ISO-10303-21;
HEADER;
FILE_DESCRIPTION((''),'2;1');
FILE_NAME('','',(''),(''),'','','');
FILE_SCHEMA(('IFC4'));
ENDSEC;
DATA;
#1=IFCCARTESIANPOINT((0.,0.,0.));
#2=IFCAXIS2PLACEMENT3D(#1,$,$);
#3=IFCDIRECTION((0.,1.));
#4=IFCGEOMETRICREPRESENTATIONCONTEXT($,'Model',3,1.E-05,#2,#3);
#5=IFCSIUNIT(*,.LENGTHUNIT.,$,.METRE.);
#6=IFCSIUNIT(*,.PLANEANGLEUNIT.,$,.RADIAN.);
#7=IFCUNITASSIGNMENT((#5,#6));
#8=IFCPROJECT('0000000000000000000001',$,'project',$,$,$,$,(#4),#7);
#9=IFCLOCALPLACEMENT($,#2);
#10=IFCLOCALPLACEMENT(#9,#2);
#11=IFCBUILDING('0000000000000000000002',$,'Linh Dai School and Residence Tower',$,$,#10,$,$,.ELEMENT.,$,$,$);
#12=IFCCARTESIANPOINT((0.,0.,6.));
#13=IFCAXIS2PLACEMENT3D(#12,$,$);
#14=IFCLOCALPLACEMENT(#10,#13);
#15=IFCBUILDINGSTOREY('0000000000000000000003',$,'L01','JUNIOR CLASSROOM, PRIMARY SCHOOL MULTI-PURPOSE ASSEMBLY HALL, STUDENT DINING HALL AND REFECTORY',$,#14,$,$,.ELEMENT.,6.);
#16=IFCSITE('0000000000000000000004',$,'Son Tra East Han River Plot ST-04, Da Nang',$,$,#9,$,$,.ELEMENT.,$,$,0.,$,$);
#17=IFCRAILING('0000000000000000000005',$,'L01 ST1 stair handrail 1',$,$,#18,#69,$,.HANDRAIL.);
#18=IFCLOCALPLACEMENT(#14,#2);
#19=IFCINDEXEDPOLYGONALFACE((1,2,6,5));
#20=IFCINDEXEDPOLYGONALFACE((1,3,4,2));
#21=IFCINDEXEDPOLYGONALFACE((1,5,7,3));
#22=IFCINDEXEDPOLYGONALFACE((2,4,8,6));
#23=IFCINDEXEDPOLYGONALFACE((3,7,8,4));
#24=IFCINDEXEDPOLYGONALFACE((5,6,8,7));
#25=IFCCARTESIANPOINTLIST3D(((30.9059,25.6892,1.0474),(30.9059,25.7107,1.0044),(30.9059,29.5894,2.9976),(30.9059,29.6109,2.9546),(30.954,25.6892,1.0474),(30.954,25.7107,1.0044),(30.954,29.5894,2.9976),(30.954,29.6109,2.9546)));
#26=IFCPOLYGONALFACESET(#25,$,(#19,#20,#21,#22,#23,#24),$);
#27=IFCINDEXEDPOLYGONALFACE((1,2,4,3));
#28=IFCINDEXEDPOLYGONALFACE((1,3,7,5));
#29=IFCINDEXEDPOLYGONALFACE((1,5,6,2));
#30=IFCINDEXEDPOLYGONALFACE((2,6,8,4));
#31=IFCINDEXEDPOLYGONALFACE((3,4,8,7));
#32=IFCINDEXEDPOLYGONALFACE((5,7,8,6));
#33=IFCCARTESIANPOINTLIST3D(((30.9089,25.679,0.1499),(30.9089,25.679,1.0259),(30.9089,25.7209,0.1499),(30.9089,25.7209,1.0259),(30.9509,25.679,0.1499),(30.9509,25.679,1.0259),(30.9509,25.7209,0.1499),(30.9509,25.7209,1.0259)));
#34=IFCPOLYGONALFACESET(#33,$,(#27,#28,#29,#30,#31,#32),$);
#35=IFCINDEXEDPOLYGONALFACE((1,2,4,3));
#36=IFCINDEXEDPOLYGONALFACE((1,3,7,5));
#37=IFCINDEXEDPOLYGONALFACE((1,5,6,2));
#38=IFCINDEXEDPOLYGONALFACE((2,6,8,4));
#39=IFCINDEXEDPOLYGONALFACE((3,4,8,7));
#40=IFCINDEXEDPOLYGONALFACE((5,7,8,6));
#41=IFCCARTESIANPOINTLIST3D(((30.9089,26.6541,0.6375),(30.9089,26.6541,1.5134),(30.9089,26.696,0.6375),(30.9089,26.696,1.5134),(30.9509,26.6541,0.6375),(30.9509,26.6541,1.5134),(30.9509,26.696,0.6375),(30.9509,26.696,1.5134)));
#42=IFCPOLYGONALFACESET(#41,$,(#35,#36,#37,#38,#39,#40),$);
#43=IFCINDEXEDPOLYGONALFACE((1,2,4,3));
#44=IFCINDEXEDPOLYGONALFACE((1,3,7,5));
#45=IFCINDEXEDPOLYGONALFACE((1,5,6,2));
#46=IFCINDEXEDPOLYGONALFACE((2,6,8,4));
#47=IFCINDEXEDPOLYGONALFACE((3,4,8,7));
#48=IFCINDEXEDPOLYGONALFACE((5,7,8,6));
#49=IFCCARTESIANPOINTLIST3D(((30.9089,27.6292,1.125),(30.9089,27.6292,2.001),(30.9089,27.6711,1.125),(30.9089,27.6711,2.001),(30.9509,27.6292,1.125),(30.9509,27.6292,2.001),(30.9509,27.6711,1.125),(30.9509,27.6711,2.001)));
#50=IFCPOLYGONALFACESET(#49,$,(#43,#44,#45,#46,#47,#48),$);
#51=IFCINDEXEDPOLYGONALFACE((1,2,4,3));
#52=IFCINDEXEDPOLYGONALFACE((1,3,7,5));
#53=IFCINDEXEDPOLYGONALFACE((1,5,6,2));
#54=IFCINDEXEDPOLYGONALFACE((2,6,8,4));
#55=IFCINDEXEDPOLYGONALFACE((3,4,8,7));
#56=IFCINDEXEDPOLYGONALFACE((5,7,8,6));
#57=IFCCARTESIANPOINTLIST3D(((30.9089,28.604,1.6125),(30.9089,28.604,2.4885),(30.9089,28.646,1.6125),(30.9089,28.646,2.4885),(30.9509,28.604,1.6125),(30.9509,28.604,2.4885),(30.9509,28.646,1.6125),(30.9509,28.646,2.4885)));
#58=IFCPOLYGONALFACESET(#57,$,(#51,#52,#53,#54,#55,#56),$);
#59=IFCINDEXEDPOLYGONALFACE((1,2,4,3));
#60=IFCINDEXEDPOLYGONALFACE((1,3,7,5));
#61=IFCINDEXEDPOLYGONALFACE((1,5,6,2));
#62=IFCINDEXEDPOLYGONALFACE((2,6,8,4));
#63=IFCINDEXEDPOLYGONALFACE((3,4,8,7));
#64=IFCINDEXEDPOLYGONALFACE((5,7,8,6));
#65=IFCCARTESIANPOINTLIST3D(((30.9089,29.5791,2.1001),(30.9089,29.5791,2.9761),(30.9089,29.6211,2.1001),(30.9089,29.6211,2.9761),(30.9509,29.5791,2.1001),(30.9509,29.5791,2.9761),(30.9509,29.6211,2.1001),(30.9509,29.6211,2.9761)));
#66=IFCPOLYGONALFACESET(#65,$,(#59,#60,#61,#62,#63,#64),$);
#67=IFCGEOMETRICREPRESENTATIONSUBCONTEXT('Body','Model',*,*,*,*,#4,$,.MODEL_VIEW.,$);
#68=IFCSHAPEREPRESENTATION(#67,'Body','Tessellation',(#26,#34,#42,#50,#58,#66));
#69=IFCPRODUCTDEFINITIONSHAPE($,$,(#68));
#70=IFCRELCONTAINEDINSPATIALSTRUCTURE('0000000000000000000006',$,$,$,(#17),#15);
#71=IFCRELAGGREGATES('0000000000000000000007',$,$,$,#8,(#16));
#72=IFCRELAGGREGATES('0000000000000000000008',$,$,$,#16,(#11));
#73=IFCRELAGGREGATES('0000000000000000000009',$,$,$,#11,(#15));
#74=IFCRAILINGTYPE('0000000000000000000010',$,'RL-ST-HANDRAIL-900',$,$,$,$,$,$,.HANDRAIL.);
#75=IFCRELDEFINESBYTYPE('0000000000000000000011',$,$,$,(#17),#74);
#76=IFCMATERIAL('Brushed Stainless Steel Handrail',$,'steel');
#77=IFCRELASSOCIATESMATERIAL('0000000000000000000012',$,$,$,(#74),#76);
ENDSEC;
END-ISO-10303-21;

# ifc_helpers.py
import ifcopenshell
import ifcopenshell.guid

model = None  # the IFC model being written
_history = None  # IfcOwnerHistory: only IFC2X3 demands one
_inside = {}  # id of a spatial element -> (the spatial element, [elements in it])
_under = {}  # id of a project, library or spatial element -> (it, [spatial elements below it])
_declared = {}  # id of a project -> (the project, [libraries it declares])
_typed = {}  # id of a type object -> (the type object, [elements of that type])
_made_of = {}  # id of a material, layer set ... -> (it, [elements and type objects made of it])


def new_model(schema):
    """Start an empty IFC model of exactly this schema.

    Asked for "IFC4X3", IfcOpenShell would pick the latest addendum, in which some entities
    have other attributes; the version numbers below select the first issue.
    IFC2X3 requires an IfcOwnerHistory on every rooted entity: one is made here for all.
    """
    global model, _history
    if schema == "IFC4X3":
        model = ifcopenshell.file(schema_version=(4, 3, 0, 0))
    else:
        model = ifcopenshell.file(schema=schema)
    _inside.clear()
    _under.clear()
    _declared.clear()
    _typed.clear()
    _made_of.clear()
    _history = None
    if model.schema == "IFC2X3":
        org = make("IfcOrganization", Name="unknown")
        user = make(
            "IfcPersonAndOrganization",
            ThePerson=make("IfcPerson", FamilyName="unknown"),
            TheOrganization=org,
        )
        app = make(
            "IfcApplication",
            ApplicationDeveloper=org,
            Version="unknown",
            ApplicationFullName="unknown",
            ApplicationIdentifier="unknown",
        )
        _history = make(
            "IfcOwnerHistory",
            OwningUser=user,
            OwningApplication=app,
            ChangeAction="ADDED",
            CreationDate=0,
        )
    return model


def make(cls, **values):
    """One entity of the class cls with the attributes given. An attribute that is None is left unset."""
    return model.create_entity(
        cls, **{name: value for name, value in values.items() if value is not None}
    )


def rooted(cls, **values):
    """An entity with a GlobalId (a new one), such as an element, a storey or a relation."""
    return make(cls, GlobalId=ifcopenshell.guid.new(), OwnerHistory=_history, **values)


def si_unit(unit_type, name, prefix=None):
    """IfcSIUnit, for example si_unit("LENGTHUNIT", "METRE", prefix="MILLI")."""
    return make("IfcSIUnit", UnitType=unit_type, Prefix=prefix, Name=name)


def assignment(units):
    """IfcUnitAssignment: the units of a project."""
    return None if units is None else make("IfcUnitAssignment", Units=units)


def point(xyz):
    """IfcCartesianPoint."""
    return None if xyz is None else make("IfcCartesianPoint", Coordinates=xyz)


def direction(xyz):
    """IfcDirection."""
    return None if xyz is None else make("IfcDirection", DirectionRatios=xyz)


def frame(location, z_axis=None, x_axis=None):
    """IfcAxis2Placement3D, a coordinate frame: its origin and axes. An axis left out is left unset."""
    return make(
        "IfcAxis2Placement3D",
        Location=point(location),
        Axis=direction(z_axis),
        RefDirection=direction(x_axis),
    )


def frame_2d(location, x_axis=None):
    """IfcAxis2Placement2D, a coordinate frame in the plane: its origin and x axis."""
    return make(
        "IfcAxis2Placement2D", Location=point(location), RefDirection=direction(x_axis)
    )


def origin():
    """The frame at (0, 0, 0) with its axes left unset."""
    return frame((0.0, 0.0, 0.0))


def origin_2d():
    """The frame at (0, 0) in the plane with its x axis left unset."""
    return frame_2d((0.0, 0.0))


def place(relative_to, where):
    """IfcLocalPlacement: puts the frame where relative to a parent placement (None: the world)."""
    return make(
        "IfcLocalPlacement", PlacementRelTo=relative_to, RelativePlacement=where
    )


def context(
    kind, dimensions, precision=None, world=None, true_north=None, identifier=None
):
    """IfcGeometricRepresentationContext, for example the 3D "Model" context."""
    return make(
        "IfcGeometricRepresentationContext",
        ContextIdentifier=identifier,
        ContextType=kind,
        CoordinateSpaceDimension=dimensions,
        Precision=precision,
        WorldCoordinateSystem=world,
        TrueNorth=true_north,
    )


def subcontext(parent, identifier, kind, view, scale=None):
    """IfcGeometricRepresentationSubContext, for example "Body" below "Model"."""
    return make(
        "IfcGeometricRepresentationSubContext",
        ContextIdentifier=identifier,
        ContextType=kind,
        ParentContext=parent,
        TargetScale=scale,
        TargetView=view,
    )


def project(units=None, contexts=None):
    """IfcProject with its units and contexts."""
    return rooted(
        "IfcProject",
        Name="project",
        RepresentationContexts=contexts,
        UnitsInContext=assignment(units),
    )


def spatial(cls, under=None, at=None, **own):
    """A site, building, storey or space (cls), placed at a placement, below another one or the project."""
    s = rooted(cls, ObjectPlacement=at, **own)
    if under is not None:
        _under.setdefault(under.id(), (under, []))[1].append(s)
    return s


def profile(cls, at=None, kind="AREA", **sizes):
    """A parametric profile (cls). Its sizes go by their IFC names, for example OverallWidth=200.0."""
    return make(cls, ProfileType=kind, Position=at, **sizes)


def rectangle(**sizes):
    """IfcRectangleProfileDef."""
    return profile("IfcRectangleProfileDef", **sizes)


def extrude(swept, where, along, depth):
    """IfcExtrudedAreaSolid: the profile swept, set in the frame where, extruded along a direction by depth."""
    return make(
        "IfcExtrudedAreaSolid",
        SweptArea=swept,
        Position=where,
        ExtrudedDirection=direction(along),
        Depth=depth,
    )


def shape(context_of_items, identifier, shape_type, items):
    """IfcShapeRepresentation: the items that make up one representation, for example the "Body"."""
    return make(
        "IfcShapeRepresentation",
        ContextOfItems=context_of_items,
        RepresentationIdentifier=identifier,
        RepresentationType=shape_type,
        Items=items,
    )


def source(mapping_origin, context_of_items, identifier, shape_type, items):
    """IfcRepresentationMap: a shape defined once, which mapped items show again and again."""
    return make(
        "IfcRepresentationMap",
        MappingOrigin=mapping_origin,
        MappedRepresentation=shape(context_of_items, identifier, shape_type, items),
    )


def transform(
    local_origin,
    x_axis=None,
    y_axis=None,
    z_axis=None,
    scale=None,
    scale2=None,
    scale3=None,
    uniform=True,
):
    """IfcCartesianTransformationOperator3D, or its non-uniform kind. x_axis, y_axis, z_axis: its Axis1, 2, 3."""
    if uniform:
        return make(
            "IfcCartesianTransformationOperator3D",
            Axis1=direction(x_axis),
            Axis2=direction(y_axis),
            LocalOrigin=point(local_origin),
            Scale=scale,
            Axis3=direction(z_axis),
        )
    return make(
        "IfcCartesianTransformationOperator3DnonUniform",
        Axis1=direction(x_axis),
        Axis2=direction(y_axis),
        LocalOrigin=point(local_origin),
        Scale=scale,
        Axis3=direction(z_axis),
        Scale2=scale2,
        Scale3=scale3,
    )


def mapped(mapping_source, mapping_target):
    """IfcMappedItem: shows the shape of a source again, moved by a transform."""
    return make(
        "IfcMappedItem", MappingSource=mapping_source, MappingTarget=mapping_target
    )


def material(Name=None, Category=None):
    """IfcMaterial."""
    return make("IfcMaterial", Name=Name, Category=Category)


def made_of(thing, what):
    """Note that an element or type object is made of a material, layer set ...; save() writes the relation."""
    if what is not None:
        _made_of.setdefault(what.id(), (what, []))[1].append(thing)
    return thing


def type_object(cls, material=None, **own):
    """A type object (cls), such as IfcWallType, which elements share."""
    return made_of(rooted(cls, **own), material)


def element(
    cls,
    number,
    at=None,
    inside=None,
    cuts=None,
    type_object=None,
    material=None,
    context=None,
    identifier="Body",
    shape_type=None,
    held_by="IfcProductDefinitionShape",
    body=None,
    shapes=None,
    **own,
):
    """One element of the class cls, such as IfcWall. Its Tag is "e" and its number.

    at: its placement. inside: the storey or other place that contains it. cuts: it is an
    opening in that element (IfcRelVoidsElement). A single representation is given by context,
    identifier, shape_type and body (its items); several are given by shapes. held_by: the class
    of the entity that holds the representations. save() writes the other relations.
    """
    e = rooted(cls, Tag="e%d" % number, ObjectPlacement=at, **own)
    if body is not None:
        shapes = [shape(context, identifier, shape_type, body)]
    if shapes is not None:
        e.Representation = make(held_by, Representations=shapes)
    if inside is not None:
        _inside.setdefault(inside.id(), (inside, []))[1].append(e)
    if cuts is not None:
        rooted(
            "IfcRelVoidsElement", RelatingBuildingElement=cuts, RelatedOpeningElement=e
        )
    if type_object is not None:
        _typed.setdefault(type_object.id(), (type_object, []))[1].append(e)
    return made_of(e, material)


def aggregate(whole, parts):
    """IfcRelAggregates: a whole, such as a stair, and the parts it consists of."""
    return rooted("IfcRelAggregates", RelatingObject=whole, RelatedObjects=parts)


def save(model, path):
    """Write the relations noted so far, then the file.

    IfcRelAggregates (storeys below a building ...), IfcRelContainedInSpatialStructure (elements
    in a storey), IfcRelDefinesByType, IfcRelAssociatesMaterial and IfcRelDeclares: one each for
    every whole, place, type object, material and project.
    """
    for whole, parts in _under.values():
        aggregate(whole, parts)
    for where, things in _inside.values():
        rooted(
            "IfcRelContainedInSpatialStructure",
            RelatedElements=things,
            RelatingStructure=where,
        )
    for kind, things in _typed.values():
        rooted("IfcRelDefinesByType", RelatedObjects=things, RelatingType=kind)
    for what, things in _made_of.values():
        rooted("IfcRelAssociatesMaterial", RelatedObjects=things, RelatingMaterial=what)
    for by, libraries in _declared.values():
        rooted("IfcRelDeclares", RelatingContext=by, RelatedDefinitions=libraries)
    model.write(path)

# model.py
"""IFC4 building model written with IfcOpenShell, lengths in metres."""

from ifc_helpers import new_model, si_unit, direction, frame, origin, origin_2d, place, context, subcontext, project, spatial, rectangle, extrude, source, transform, mapped, material, type_object, element, save


model = new_model("IFC4")

# Units and contexts
model_context = context("Model", 3, precision=1e-05, world=origin(), true_north=direction((0.0, 1.0)))
body_context = subcontext(model_context, "Body", "Model", "MODEL_VIEW")
ifc_project = project(units=[si_unit("LENGTHUNIT", "METRE"), si_unit("PLANEANGLEUNIT", "RADIAN")], contexts=[model_context])

# Site, building, storey
site_placement = place(None, origin())
site = spatial("IfcSite", under=ifc_project, at=site_placement, Name="Son Tra East Han River Plot ST-04, Da Nang", CompositionType="ELEMENT", RefElevation=0.0)
building_placement = place(site_placement, origin())
building = spatial("IfcBuilding", under=site, at=building_placement, Name="Linh Dai School and Residence Tower", CompositionType="ELEMENT")
storey_placement = place(building_placement, frame((0.0, 0.0, 6.0)))
storey = spatial("IfcBuildingStorey", under=building, at=storey_placement, Name="L01", Description="JUNIOR CLASSROOM, PRIMARY SCHOOL MULTI-PURPOSE ASSEMBLY HALL, STUDENT DINING HALL AND REFECTORY", CompositionType="ELEMENT", Elevation=6.0)

# Railing
ifc_material_1 = material(Name="Brushed Stainless Steel Handrail", Category="steel")
railing_type_1 = type_object("IfcRailingType", Name="RL-ST-HANDRAIL-900", PredefinedType="HANDRAIL", material=ifc_material_1)
shared_shape_1 = source(origin(), body_context, "Body", "SweptSolid", [
    extrude(rectangle(XDim=0.0481, YDim=0.0481, at=origin_2d()), frame((0.0, 0.0, 0.876), z_axis=(0.0, 0.894416, 0.447236), x_axis=(-1.0, 0.0, 0.0)), (0.0, 0.0, 1.0), 4.3606),
    extrude(rectangle(XDim=0.042, YDim=0.042, at=origin_2d()), origin(), (0.0, 0.0, 1.0), 0.876),
    extrude(rectangle(XDim=0.042, YDim=0.042, at=origin_2d()), frame((0.0, 0.9751, 0.4875)), (0.0, 0.0, 1.0), 0.876),
    extrude(rectangle(XDim=0.042, YDim=0.042, at=origin_2d()), frame((0.0, 1.9502, 0.9751)), (0.0, 0.0, 1.0), 0.876),
    extrude(rectangle(XDim=0.042, YDim=0.042, at=origin_2d()), frame((0.0, 2.925, 1.4626)), (0.0, 0.0, 1.0), 0.876),
    extrude(rectangle(XDim=0.042, YDim=0.042, at=origin_2d()), frame((0.0, 3.9001, 1.9502)), (0.0, 0.0, 1.0), 0.876),
])
railing_1_placement = place(storey_placement, frame((30.9299, 25.7, 0.1499)))
element("IfcRailing", 1, at=railing_1_placement, inside=storey, type_object=railing_type_1, Name="L01 ST1 stair handrail 1", PredefinedType="HANDRAIL", context=body_context, shape_type="MappedRepresentation", body=[
    mapped(shared_shape_1, transform((0.0, 0.0, 0.0), x_axis=(1.0, 0.0, 0.0), y_axis=(0.0, 1.0, 0.0), z_axis=(0.0, 0.0, 1.0), scale=1.0)),
])

save(model, "model.ifc")
